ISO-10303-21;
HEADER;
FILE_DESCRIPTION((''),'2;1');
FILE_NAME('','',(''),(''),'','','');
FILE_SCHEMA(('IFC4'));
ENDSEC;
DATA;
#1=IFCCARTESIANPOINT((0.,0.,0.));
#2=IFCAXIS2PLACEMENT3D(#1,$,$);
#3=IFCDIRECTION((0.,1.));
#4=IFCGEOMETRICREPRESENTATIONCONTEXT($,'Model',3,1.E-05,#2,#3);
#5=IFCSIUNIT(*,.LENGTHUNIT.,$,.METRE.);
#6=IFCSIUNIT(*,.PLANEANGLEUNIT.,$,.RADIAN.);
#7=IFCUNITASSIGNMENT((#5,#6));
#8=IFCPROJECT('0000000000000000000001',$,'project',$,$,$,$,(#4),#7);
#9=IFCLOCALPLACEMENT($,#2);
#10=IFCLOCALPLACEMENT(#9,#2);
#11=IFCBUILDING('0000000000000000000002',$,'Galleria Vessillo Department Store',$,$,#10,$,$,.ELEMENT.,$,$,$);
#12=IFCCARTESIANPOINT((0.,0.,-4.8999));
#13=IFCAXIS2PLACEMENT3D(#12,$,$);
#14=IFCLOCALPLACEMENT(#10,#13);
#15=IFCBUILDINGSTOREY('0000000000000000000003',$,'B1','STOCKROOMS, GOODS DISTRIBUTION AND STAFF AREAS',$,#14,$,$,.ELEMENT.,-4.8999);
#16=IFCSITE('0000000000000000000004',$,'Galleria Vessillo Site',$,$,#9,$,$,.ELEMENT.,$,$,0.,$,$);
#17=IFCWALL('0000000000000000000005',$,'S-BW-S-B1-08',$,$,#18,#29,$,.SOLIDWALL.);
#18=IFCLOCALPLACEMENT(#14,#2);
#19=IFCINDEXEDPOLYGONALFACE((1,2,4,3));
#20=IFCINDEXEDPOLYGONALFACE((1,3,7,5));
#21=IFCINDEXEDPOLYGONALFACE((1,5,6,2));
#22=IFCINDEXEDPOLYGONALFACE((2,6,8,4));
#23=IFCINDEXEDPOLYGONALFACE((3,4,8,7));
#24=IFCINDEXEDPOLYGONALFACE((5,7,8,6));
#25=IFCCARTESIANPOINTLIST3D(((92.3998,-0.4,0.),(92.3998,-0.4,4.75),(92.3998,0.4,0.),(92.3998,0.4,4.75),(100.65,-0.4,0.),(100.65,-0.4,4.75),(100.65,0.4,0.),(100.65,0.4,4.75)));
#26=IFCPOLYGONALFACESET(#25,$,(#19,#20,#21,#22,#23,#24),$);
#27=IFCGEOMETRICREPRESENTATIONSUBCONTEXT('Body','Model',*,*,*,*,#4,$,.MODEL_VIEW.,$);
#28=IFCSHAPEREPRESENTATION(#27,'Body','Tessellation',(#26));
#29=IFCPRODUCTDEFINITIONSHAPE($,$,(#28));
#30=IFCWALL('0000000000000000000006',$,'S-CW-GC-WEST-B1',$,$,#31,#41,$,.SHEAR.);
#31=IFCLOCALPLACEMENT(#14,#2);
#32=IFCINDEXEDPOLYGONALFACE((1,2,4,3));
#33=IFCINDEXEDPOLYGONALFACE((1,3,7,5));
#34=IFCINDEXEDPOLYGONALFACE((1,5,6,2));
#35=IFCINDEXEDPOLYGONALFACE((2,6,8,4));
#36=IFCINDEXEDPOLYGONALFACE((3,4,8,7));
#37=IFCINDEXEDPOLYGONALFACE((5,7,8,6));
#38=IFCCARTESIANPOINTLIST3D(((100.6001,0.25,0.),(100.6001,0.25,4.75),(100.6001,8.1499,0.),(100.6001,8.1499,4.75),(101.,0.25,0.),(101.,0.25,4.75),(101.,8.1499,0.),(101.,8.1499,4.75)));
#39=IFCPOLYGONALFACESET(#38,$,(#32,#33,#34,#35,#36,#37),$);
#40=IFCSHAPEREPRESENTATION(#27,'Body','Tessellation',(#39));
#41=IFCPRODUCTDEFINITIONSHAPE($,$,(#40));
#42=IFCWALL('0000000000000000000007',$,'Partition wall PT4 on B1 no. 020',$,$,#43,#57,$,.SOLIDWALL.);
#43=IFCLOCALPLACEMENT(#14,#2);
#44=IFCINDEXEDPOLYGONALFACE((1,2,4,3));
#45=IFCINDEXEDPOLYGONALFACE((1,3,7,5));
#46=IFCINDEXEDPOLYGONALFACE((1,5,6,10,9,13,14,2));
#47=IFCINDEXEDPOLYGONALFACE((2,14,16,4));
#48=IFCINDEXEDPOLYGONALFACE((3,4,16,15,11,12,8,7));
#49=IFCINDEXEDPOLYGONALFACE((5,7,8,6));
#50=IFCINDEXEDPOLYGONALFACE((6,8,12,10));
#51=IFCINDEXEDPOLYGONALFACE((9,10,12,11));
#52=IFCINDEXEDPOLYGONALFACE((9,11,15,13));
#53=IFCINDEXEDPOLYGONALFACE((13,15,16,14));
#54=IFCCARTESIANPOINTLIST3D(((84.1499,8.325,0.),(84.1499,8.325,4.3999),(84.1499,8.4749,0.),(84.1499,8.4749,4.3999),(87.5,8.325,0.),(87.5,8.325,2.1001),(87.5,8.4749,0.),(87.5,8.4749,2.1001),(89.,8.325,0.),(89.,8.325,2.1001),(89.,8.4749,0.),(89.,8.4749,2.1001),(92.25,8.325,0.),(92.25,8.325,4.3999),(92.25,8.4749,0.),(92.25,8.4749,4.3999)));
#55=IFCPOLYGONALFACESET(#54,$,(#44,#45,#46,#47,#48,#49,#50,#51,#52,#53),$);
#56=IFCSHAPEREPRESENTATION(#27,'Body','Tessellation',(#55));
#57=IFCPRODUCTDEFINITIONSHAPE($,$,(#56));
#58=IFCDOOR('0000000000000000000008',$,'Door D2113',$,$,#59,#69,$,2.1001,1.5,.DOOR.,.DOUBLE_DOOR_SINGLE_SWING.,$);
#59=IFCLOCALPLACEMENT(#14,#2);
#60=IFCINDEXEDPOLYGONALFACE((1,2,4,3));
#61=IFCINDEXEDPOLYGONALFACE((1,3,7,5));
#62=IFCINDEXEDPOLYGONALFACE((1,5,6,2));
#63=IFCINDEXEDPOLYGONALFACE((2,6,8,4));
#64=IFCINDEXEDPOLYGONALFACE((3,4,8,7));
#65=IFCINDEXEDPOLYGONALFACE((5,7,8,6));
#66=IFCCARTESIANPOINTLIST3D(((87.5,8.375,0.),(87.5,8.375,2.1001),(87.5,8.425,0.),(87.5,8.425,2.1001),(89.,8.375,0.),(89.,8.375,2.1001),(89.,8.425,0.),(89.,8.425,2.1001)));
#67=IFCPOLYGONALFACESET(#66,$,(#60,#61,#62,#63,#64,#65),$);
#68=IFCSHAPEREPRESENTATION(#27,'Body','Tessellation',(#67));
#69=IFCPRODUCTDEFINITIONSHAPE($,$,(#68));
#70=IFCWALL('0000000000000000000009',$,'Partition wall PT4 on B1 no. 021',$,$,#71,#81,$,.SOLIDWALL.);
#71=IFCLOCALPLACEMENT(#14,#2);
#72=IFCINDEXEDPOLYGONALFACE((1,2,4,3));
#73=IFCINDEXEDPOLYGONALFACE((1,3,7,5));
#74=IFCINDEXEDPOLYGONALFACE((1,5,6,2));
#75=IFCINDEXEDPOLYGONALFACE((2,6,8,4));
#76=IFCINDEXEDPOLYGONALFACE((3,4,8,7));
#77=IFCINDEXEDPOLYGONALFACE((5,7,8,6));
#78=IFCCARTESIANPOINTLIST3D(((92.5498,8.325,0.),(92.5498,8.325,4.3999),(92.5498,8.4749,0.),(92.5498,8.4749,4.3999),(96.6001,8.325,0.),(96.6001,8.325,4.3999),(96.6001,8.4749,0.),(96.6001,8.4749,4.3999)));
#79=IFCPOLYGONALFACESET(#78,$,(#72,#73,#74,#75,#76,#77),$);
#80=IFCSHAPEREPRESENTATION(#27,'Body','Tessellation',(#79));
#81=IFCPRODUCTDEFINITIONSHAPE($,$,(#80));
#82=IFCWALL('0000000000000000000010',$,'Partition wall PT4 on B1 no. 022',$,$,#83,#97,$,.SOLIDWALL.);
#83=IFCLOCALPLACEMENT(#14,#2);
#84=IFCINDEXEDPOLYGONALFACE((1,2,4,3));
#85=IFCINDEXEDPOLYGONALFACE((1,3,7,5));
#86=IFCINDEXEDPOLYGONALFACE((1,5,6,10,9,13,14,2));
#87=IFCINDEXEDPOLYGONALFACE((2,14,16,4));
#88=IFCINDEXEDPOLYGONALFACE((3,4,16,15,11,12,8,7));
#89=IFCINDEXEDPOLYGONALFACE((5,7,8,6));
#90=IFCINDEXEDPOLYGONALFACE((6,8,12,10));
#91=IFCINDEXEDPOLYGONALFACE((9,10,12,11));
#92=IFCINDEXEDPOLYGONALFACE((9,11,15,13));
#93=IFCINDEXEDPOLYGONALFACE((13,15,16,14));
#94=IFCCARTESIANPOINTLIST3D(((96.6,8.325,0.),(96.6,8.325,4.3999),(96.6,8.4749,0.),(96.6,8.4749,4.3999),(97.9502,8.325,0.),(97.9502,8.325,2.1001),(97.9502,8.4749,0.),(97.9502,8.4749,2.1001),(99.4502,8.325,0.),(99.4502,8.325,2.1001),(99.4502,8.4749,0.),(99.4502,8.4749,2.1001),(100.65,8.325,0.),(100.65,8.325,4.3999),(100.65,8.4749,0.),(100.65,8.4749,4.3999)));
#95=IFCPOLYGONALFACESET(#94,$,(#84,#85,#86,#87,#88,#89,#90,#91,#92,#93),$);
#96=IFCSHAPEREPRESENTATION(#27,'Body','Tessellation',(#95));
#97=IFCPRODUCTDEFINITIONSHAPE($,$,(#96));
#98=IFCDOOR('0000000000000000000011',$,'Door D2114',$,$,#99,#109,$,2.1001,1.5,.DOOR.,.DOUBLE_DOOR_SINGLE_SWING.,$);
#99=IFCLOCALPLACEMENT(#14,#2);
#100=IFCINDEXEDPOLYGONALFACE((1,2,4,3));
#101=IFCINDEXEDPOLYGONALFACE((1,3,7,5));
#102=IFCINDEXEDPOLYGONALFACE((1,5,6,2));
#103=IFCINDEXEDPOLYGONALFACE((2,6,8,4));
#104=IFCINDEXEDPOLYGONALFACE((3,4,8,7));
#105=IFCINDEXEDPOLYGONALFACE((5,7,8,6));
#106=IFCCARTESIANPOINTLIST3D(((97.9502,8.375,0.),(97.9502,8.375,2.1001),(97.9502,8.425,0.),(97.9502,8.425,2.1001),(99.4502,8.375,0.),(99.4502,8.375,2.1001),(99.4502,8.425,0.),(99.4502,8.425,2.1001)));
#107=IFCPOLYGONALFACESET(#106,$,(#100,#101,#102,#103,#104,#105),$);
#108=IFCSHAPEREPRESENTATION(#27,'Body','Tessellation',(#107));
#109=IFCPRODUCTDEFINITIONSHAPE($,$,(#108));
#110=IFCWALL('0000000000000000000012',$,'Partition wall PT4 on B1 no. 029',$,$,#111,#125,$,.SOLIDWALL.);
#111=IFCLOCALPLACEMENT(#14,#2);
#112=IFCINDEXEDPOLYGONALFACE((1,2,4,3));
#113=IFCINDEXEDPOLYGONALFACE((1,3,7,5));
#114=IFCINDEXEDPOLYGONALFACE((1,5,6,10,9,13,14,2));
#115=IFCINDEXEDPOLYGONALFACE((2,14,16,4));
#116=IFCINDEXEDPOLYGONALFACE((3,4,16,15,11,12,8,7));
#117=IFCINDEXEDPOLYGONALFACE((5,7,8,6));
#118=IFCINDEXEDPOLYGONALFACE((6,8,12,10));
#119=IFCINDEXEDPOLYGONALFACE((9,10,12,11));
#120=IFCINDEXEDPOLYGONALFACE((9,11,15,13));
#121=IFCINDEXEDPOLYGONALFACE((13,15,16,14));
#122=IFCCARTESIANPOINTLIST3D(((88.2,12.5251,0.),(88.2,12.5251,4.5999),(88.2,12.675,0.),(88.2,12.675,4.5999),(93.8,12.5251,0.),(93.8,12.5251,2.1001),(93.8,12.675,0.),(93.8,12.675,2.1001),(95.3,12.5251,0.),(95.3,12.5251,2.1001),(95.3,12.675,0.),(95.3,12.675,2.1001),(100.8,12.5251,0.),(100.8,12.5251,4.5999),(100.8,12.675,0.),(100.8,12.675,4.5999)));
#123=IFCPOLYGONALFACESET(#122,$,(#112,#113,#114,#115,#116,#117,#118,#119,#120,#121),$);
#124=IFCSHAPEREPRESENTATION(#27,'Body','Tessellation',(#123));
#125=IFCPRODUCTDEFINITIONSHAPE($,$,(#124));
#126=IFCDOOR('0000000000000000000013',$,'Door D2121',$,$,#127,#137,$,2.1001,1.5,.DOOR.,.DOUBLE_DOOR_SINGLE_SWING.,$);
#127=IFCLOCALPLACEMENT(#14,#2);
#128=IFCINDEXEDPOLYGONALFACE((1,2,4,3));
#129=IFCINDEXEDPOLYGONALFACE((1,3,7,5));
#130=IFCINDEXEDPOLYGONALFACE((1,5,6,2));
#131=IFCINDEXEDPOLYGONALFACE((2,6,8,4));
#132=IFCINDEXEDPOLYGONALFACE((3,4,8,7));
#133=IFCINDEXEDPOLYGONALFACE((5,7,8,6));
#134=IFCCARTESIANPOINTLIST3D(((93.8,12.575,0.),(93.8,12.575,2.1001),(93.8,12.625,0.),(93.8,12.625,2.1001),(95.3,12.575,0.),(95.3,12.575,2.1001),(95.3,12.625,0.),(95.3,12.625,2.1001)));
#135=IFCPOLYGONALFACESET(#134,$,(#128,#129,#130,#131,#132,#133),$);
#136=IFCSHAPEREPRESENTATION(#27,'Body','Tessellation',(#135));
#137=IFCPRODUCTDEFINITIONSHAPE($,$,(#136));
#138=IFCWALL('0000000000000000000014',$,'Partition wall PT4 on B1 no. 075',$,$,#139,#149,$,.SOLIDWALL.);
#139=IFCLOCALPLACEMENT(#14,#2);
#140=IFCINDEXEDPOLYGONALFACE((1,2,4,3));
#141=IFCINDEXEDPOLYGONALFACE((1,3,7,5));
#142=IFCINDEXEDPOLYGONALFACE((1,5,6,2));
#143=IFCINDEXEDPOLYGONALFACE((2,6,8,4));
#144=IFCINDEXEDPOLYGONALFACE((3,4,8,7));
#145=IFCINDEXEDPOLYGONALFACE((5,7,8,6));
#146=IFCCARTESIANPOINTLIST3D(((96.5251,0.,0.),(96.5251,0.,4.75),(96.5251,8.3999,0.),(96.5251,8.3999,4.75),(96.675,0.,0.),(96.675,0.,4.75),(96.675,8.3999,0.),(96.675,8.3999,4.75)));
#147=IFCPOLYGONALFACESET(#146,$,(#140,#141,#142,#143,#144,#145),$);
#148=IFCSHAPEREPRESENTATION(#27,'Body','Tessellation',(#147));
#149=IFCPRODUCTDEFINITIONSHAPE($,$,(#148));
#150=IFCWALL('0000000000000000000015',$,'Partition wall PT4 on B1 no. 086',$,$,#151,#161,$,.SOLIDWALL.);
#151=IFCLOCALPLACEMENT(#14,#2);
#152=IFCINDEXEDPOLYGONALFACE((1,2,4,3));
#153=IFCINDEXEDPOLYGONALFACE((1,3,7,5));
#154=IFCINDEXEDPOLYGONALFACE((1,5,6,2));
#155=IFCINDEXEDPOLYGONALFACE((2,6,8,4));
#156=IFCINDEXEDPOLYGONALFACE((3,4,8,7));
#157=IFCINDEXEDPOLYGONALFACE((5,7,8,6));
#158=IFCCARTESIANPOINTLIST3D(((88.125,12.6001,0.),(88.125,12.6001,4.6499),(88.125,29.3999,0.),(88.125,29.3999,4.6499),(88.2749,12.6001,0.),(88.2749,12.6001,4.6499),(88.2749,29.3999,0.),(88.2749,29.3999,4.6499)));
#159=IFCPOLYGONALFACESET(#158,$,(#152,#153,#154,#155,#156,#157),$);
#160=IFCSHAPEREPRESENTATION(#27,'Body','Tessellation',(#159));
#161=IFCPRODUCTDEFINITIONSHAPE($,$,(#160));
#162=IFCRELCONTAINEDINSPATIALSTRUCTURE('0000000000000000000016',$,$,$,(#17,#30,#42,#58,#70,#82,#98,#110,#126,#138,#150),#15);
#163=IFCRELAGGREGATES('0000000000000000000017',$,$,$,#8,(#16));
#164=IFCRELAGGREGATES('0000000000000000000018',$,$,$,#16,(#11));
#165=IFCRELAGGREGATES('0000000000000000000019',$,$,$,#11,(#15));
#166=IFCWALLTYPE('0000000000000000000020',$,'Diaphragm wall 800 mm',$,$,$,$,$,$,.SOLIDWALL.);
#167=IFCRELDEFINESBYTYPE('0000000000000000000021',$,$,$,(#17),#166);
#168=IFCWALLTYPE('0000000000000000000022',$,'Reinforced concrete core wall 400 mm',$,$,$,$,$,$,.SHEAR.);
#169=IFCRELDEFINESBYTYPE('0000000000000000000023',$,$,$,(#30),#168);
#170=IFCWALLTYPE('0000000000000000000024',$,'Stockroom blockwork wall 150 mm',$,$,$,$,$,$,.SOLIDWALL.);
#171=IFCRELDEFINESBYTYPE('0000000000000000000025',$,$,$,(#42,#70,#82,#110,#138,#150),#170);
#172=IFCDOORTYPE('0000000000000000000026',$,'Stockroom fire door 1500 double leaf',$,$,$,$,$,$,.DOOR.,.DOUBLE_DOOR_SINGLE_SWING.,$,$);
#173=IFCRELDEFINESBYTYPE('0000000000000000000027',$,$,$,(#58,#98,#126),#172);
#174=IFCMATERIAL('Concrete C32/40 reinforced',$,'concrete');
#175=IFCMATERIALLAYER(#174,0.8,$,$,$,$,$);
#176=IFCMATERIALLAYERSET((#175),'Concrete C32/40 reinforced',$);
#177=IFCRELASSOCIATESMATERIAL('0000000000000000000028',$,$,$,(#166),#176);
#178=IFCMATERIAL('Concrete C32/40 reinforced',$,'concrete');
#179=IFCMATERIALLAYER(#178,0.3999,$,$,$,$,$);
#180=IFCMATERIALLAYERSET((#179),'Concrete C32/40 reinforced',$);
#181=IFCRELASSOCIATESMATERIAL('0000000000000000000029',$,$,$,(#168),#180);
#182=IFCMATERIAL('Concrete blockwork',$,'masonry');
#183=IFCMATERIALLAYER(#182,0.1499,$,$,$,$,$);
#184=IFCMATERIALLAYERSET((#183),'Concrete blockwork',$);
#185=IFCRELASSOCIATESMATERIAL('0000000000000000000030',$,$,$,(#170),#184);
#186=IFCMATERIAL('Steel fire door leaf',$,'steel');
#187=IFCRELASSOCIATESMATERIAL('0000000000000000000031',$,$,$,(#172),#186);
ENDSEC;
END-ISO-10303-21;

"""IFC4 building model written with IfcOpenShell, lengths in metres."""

from ifc_helpers import new_model, si_unit, direction, frame, frame_2d, origin, place, context, subcontext, project, spatial, rectangle, extrude, material, layer, layer_set, type_object, element, fill, save


model = new_model("IFC4")

# Units and contexts
model_context = context("Model", 3, precision=1e-05, world=origin(), true_north=direction((0.0, 1.0)))
body_context = subcontext(model_context, "Body", "Model", "MODEL_VIEW")
ifc_project = project(units=[si_unit("LENGTHUNIT", "METRE"), si_unit("PLANEANGLEUNIT", "RADIAN")], contexts=[model_context])

# Site, building, storey
site_placement = place(None, origin())
site = spatial("IfcSite", under=ifc_project, at=site_placement, Name="Galleria Vessillo Site", CompositionType="ELEMENT", RefElevation=0.0)
building_placement = place(site_placement, origin())
building = spatial("IfcBuilding", under=site, at=building_placement, Name="Galleria Vessillo Department Store", CompositionType="ELEMENT")
storey_placement = place(building_placement, frame((0.0, 0.0, -4.8999)))
storey = spatial("IfcBuildingStorey", under=building, at=storey_placement, Name="B1", Description="STOCKROOMS, GOODS DISTRIBUTION AND STAFF AREAS", CompositionType="ELEMENT", Elevation=-4.8999)

# Walls
ifc_material_1 = material(Name="Concrete C32/40 reinforced", Category="concrete")
ifc_layer_1 = layer(ifc_material_1, 0.8)
ifc_layer_set_1 = layer_set([ifc_layer_1], Name="Concrete C32/40 reinforced")
wall_type_1 = type_object("IfcWallType", Name="Diaphragm wall 800 mm", PredefinedType="SOLIDWALL", material=ifc_layer_set_1)
wall_1_placement = place(storey_placement, frame((92.3999, 0.0, 0.0), z_axis=(0.0, 0.0, 1.0), x_axis=(1.0, 0.0, 0.0)))
element("IfcWall", 1, at=wall_1_placement, inside=storey, type_object=wall_type_1, Name="S-BW-S-B1-08", PredefinedType="SOLIDWALL", context=body_context, shape_type="SweptSolid", body=[
    extrude(rectangle(XDim=8.2502, YDim=0.8, at=frame_2d((4.125, 0.0))), origin(), (0.0, 0.0, 1.0), 4.75),
])
ifc_material_2 = material(Name="Concrete C32/40 reinforced", Category="concrete")
ifc_layer_2 = layer(ifc_material_2, 0.3999)
ifc_layer_set_2 = layer_set([ifc_layer_2], Name="Concrete C32/40 reinforced")
wall_type_2 = type_object("IfcWallType", Name="Reinforced concrete core wall 400 mm", PredefinedType="SHEAR", material=ifc_layer_set_2)
wall_2_placement = place(storey_placement, frame((100.8, 0.25, 0.0), z_axis=(0.0, 0.0, 1.0), x_axis=(0.0, 1.0, 0.0)))
element("IfcWall", 2, at=wall_2_placement, inside=storey, type_object=wall_type_2, Name="S-CW-GC-WEST-B1", PredefinedType="SHEAR", context=body_context, shape_type="SweptSolid", body=[
    extrude(rectangle(XDim=7.8999, YDim=0.3999, at=frame_2d((3.95, 0.0))), origin(), (0.0, 0.0, 1.0), 4.75),
])

# Wall, opening, door
ifc_material_3 = material(Name="Concrete blockwork", Category="masonry")
ifc_layer_3 = layer(ifc_material_3, 0.1499)
ifc_layer_set_3 = layer_set([ifc_layer_3], Name="Concrete blockwork")
wall_type_3 = type_object("IfcWallType", Name="Stockroom blockwork wall 150 mm", PredefinedType="SOLIDWALL", material=ifc_layer_set_3)
wall_3_placement = place(storey_placement, frame((84.1499, 8.3999, 0.0), z_axis=(0.0, 0.0, 1.0), x_axis=(1.0, 0.0, 0.0)))
wall_3 = element("IfcWall", 3, at=wall_3_placement, inside=storey, type_object=wall_type_3, Name="Partition wall PT4 on B1 no. 020", PredefinedType="SOLIDWALL", context=body_context, shape_type="SweptSolid", body=[
    extrude(rectangle(XDim=8.1001, YDim=0.1499, at=frame_2d((4.05, 0.0))), origin(), (0.0, 0.0, 1.0), 4.3999),
])
opening_1_placement = place(wall_3_placement, frame((3.3501, 0.0, 0.0)))
opening_1 = element("IfcOpeningElement", 4, at=opening_1_placement, cuts=wall_3, PredefinedType="OPENING", context=body_context, shape_type="SweptSolid", body=[
    extrude(rectangle(XDim=1.5, YDim=2.1001, at=frame_2d((0.75, 1.05))), frame((0.0, 0.085, 0.0), z_axis=(0.0, -1.0, 0.0), x_axis=(1.0, 0.0, 0.0)), (0.0, 0.0, 1.0), 0.1699),
])
ifc_material_4 = material(Name="Steel fire door leaf", Category="steel")
door_type = type_object("IfcDoorType", Name="Stockroom fire door 1500 double leaf", OperationType="DOUBLE_DOOR_SINGLE_SWING", PredefinedType="DOOR", material=ifc_material_4)
door_1_placement = place(opening_1_placement, frame((1.5, 0.0, 0.0), z_axis=(0.0, 0.0, 1.0), x_axis=(-1.0, 0.0, 0.0)))
door_1 = element("IfcDoor", 5, at=door_1_placement, inside=storey, type_object=door_type, Name="Door D2113", OperationType="DOUBLE_DOOR_SINGLE_SWING", OverallHeight=2.1001, OverallWidth=1.5, PredefinedType="DOOR", context=body_context, shape_type="SweptSolid", body=[
    extrude(rectangle(XDim=1.5, YDim=2.1001, at=frame_2d((0.75, 1.05))), frame((0.0, 0.0249, 0.0), z_axis=(0.0, -1.0, 0.0), x_axis=(1.0, 0.0, 0.0)), (0.0, 0.0, 1.0), 0.05),
])
fill(opening_1, door_1)

# Wall
wall_4_placement = place(storey_placement, frame((92.5498, 8.3999, 0.0), z_axis=(0.0, 0.0, 1.0), x_axis=(1.0, 0.0, 0.0)))
element("IfcWall", 6, at=wall_4_placement, inside=storey, type_object=wall_type_3, Name="Partition wall PT4 on B1 no. 021", PredefinedType="SOLIDWALL", context=body_context, shape_type="SweptSolid", body=[
    extrude(rectangle(XDim=4.0503, YDim=0.1499, at=frame_2d((2.0251, 0.0))), origin(), (0.0, 0.0, 1.0), 4.3999),
])

# Walls, openings, doors
wall_5_placement = place(storey_placement, frame((96.6001, 8.3999, 0.0), z_axis=(0.0, 0.0, 1.0), x_axis=(1.0, 0.0, 0.0)))
wall_5 = element("IfcWall", 7, at=wall_5_placement, inside=storey, type_object=wall_type_3, Name="Partition wall PT4 on B1 no. 022", PredefinedType="SOLIDWALL", context=body_context, shape_type="SweptSolid", body=[
    extrude(rectangle(XDim=4.05, YDim=0.1499, at=frame_2d((2.0249, 0.0))), origin(), (0.0, 0.0, 1.0), 4.3999),
])
opening_2_placement = place(wall_5_placement, frame((1.3501, 0.0, 0.0)))
opening_2 = element("IfcOpeningElement", 8, at=opening_2_placement, cuts=wall_5, PredefinedType="OPENING", context=body_context, shape_type="SweptSolid", body=[
    extrude(rectangle(XDim=1.5, YDim=2.1001, at=frame_2d((0.75, 1.05))), frame((0.0, 0.085, 0.0), z_axis=(0.0, -1.0, 0.0), x_axis=(1.0, 0.0, 0.0)), (0.0, 0.0, 1.0), 0.1699),
])
door_2_placement = place(opening_2_placement, frame((1.5, 0.0, 0.0), z_axis=(0.0, 0.0, 1.0), x_axis=(-1.0, 0.0, 0.0)))
door_2 = element("IfcDoor", 9, at=door_2_placement, inside=storey, type_object=door_type, Name="Door D2114", OperationType="DOUBLE_DOOR_SINGLE_SWING", OverallHeight=2.1001, OverallWidth=1.5, PredefinedType="DOOR", context=body_context, shape_type="SweptSolid", body=[
    extrude(rectangle(XDim=1.5, YDim=2.1001, at=frame_2d((0.75, 1.05))), frame((0.0, 0.0249, 0.0), z_axis=(0.0, -1.0, 0.0), x_axis=(1.0, 0.0, 0.0)), (0.0, 0.0, 1.0), 0.05),
])
fill(opening_2, door_2)
wall_6_placement = place(storey_placement, frame((88.2, 12.6001, 0.0), z_axis=(0.0, 0.0, 1.0), x_axis=(1.0, 0.0, 0.0)))
wall_6 = element("IfcWall", 10, at=wall_6_placement, inside=storey, type_object=wall_type_3, Name="Partition wall PT4 on B1 no. 029", PredefinedType="SOLIDWALL", context=body_context, shape_type="SweptSolid", body=[
    extrude(rectangle(XDim=12.6001, YDim=0.1499, at=frame_2d((6.3, 0.0))), origin(), (0.0, 0.0, 1.0), 4.5999),
])
opening_3_placement = place(wall_6_placement, frame((5.6001, 0.0, 0.0)))
opening_3 = element("IfcOpeningElement", 11, at=opening_3_placement, cuts=wall_6, PredefinedType="OPENING", context=body_context, shape_type="SweptSolid", body=[
    extrude(rectangle(XDim=1.5, YDim=2.1001, at=frame_2d((0.75, 1.05))), frame((0.0, 0.085, 0.0), z_axis=(0.0, -1.0, 0.0), x_axis=(1.0, 0.0, 0.0)), (0.0, 0.0, 1.0), 0.1699),
])
door_3_placement = place(opening_3_placement, origin())
door_3 = element("IfcDoor", 12, at=door_3_placement, inside=storey, type_object=door_type, Name="Door D2121", OperationType="DOUBLE_DOOR_SINGLE_SWING", OverallHeight=2.1001, OverallWidth=1.5, PredefinedType="DOOR", context=body_context, shape_type="SweptSolid", body=[
    extrude(rectangle(XDim=1.5, YDim=2.1001, at=frame_2d((0.75, 1.05))), frame((0.0, 0.0249, 0.0), z_axis=(0.0, -1.0, 0.0), x_axis=(1.0, 0.0, 0.0)), (0.0, 0.0, 1.0), 0.05),
])
fill(opening_3, door_3)

# Walls
wall_7_placement = place(storey_placement, frame((96.6001, 0.0, 0.0), z_axis=(0.0, 0.0, 1.0), x_axis=(0.0, 1.0, 0.0)))
element("IfcWall", 13, at=wall_7_placement, inside=storey, type_object=wall_type_3, Name="Partition wall PT4 on B1 no. 075", PredefinedType="SOLIDWALL", context=body_context, shape_type="SweptSolid", body=[
    extrude(rectangle(XDim=8.3999, YDim=0.1499, at=frame_2d((4.2, 0.0))), origin(), (0.0, 0.0, 1.0), 4.75),
])
wall_8_placement = place(storey_placement, frame((88.2, 12.6001, 0.0), z_axis=(0.0, 0.0, 1.0), x_axis=(0.0, 1.0, 0.0)))
element("IfcWall", 14, at=wall_8_placement, inside=storey, type_object=wall_type_3, Name="Partition wall PT4 on B1 no. 086", PredefinedType="SOLIDWALL", context=body_context, shape_type="SweptSolid", body=[
    extrude(rectangle(XDim=16.7998, YDim=0.1499, at=frame_2d((8.3999, 0.0))), origin(), (0.0, 0.0, 1.0), 4.6499),
])

save(model, "model.ifc")
